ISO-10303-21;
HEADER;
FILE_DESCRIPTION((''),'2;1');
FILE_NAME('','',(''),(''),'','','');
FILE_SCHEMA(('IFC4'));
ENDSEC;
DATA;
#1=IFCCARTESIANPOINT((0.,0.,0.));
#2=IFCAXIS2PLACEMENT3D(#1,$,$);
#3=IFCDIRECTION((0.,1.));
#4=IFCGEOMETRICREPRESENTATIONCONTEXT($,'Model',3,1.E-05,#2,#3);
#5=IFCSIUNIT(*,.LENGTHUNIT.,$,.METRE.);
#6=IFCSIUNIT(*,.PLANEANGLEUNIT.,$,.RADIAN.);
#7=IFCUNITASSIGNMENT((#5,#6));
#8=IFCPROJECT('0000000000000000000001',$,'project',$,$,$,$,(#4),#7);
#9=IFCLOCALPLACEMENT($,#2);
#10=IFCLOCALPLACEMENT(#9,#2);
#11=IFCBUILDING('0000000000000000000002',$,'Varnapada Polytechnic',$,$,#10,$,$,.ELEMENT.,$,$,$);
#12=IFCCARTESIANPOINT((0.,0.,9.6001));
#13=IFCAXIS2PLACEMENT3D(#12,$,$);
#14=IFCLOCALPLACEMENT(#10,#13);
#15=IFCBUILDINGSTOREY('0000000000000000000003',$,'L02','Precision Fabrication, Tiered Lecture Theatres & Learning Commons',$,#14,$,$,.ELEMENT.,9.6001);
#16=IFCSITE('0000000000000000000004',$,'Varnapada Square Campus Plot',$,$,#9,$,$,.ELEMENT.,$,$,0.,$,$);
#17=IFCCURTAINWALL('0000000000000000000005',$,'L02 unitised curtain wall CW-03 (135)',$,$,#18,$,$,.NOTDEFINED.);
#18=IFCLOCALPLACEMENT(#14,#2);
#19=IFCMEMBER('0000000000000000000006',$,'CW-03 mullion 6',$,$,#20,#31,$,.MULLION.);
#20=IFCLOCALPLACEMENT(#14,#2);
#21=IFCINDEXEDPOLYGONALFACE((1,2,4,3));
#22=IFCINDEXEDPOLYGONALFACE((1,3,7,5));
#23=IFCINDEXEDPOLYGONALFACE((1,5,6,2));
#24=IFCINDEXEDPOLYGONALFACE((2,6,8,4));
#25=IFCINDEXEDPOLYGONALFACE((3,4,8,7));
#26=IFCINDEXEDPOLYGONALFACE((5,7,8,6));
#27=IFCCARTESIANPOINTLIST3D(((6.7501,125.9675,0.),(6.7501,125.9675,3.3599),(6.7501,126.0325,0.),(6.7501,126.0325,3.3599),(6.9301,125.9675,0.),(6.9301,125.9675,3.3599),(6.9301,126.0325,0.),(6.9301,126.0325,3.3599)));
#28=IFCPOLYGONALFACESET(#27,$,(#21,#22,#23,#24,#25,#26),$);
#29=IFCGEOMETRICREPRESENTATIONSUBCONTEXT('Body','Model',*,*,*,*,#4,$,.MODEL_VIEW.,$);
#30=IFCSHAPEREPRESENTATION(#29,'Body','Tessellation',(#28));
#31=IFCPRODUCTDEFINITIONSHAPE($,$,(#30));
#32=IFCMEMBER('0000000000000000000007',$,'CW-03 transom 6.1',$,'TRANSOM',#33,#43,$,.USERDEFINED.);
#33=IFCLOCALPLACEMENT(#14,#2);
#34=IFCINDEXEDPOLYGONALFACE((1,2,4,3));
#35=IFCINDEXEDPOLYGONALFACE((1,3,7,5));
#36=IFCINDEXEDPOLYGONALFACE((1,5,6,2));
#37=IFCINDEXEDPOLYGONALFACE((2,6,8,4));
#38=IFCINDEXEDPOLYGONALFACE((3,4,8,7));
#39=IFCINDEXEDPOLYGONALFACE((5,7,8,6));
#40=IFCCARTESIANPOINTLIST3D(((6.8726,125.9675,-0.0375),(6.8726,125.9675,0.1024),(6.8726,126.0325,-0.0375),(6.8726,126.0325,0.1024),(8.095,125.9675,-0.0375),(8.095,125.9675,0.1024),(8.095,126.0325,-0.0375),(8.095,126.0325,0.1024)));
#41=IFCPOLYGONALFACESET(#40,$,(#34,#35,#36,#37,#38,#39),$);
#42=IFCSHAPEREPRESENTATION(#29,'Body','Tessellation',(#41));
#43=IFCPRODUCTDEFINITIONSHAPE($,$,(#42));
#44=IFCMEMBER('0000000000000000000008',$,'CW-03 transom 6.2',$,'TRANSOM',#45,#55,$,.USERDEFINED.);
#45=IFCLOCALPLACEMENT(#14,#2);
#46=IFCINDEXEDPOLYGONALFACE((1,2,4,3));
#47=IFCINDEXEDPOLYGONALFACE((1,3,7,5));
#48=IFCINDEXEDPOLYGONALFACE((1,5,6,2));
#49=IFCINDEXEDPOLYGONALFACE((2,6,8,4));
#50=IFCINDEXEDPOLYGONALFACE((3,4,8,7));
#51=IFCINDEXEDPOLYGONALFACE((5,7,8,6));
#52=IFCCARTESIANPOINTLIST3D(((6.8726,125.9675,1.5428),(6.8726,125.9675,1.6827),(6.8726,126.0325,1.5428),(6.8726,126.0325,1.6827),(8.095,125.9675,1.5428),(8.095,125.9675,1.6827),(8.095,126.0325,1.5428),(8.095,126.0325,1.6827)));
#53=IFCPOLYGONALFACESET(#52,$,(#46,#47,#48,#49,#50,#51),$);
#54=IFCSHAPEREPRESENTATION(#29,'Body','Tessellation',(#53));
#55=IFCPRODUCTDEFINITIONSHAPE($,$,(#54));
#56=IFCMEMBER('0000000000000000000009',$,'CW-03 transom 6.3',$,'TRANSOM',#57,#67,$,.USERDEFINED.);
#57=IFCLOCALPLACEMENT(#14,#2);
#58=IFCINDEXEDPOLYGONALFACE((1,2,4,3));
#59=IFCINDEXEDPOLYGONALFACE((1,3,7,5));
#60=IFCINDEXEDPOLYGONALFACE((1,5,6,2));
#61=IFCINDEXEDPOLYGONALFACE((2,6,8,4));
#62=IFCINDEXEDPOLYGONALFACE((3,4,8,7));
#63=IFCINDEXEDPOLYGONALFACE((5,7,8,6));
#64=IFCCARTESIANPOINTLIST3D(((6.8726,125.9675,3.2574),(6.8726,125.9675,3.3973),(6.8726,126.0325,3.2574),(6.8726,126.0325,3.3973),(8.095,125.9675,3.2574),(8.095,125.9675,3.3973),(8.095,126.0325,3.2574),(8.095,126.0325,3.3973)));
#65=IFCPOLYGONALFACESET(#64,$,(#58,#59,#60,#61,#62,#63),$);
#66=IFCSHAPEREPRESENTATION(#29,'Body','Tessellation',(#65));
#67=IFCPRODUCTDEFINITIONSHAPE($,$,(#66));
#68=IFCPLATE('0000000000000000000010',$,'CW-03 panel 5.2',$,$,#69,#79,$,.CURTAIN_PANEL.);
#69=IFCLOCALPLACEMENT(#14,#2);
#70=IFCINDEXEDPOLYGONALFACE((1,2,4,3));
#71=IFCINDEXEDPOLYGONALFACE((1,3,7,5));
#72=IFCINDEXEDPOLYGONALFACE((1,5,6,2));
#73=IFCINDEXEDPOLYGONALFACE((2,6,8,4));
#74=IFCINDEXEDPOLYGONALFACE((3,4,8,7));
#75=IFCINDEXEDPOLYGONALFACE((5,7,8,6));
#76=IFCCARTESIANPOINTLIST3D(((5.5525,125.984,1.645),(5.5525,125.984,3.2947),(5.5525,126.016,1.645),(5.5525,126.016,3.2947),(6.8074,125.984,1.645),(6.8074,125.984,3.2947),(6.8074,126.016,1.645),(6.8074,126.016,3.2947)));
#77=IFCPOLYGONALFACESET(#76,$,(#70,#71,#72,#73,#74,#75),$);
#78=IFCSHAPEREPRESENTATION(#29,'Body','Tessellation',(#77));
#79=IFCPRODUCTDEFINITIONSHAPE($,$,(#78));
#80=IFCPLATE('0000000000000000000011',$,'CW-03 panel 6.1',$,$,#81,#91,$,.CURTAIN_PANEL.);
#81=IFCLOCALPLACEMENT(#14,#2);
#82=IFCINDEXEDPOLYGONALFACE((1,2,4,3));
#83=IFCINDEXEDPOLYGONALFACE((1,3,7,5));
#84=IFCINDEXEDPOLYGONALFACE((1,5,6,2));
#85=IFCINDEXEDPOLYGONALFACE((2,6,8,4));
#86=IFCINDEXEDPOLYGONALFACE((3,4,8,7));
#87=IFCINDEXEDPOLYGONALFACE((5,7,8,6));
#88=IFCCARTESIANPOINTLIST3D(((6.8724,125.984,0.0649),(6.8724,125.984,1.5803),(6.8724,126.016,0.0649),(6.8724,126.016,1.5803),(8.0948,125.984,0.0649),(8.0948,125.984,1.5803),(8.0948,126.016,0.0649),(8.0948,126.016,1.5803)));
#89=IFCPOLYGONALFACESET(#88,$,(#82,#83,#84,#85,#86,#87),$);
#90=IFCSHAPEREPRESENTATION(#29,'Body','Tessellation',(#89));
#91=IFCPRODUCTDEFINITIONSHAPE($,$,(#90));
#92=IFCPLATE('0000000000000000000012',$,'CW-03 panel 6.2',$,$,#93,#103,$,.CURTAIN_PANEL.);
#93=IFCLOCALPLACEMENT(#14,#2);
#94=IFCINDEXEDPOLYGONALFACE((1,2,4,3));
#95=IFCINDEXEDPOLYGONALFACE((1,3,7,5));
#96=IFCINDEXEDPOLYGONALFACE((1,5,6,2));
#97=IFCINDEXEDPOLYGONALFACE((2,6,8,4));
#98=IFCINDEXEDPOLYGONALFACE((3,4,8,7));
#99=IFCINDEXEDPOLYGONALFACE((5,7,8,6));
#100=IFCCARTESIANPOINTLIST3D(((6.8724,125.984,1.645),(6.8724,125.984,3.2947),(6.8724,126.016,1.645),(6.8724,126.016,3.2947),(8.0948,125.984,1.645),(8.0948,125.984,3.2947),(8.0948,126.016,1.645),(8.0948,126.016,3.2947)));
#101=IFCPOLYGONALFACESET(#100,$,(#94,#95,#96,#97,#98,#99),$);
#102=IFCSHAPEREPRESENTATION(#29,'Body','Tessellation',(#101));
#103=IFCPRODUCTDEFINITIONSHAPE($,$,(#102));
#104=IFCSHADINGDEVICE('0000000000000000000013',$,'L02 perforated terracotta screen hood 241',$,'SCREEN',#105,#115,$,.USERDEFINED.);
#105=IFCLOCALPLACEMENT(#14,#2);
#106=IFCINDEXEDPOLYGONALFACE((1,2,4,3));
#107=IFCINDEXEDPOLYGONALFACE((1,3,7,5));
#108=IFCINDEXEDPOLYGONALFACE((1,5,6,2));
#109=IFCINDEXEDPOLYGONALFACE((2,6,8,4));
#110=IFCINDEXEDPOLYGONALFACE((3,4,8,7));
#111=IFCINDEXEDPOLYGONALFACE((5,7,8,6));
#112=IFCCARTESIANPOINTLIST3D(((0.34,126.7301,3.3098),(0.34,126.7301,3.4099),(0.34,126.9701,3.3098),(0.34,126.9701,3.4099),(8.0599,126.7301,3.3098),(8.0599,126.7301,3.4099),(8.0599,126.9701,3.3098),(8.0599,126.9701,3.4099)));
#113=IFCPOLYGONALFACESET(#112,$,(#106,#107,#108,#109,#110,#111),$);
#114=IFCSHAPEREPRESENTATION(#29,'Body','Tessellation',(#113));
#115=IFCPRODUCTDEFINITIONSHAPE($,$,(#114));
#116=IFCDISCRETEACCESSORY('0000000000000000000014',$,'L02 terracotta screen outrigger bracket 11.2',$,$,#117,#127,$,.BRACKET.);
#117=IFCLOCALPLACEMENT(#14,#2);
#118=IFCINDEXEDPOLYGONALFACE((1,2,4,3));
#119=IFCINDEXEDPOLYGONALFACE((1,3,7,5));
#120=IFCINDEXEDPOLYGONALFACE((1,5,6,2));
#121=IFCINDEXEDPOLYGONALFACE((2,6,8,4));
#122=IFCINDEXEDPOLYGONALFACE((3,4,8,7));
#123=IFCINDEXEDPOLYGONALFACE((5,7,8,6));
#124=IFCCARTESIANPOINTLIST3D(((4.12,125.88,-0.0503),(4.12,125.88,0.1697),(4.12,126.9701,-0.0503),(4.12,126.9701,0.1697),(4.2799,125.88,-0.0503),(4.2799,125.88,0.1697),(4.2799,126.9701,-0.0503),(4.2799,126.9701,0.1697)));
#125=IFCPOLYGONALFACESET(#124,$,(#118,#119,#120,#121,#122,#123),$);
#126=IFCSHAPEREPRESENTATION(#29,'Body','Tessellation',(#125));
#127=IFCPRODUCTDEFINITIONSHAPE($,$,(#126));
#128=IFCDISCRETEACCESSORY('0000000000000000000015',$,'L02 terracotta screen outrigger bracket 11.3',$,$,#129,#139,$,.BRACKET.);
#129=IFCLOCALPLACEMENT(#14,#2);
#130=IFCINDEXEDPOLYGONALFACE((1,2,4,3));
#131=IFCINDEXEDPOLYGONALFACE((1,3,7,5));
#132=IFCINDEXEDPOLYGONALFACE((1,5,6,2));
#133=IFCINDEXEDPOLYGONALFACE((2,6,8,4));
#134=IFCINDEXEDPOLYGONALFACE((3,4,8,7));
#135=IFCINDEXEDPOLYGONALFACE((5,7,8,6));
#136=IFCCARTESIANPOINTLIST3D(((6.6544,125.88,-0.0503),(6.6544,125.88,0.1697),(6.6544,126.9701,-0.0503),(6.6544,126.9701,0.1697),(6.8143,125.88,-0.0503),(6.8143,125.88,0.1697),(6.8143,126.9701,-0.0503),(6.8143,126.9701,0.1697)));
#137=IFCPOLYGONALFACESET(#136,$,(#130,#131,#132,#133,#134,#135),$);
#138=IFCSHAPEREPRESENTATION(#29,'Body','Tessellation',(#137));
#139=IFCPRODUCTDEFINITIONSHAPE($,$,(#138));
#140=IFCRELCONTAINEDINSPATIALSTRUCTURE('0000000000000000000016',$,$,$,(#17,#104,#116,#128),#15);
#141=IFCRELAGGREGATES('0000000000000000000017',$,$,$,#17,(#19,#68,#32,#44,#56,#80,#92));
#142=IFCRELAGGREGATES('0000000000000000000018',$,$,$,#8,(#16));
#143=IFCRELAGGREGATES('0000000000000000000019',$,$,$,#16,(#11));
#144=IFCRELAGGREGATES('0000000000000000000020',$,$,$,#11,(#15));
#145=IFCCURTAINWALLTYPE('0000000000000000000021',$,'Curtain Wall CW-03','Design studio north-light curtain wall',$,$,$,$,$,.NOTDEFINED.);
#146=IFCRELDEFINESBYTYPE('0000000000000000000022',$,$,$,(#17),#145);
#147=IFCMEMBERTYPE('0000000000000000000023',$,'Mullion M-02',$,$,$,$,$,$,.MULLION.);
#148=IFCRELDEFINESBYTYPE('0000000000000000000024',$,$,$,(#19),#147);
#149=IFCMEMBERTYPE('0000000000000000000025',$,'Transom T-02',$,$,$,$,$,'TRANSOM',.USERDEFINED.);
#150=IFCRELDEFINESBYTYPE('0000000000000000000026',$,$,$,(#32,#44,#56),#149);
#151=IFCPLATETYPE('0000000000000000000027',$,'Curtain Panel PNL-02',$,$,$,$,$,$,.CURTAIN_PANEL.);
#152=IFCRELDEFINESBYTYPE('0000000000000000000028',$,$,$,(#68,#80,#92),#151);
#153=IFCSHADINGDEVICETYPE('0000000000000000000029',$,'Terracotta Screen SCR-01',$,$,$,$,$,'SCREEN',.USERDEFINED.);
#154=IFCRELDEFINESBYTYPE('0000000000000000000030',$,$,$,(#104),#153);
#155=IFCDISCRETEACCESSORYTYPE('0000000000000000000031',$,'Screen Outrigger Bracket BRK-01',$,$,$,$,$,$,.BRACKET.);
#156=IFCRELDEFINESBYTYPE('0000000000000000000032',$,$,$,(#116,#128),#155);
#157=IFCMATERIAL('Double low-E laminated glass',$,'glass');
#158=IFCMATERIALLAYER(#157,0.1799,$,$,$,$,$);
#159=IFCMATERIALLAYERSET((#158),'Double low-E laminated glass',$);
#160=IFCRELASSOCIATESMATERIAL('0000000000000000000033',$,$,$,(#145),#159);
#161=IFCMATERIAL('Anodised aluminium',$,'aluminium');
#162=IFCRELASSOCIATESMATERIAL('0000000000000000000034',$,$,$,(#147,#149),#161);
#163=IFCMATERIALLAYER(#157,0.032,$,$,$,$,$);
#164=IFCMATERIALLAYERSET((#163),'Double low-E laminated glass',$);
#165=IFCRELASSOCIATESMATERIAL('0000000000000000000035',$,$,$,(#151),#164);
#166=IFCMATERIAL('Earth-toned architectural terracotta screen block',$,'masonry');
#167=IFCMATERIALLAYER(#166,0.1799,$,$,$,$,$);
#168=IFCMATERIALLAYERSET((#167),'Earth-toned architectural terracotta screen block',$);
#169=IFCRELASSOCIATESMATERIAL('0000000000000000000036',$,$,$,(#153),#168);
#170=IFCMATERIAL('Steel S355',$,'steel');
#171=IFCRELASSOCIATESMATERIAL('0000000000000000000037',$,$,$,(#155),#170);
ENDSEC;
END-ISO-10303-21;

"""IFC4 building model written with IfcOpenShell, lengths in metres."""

from ifc_helpers import new_model, si_unit, direction, frame, origin, origin_2d, place, context, subcontext, project, spatial, rectangle, extrude, material, layer, layer_set, material_profile, profile_set, type_object, element, aggregate, save


model = new_model("IFC4")

# Units and contexts
model_context = context("Model", 3, precision=1e-05, world=origin(), true_north=direction((0.0, 1.0)))
body_context = subcontext(model_context, "Body", "Model", "MODEL_VIEW")
ifc_project = project(units=[si_unit("LENGTHUNIT", "METRE"), si_unit("PLANEANGLEUNIT", "RADIAN")], contexts=[model_context])

# Site, building, storey
site_placement = place(None, origin())
site = spatial("IfcSite", under=ifc_project, at=site_placement, Name="Varnapada Square Campus Plot", CompositionType="ELEMENT", RefElevation=0.0)
building_placement = place(site_placement, origin())
building = spatial("IfcBuilding", under=site, at=building_placement, Name="Varnapada Polytechnic", CompositionType="ELEMENT")
storey_placement = place(building_placement, frame((0.0, 0.0, 9.6001)))
storey = spatial("IfcBuildingStorey", under=building, at=storey_placement, Name="L02", Description="Precision Fabrication, Tiered Lecture Theatres & Learning Commons", CompositionType="ELEMENT", Elevation=9.6001)

# Curtain wall, members, plates
ifc_material_1 = material(Name="Double low-E laminated glass", Category="glass")
ifc_layer_1 = layer(ifc_material_1, 0.1799)
ifc_layer_set_1 = layer_set([ifc_layer_1], Name="Double low-E laminated glass")
curtain_wall_type = type_object("IfcCurtainWallType", Name="Curtain Wall CW-03", Description="Design studio north-light curtain wall", PredefinedType="NOTDEFINED", material=ifc_layer_set_1)
curtain_wall_placement = place(storey_placement, origin())
curtain_wall = element("IfcCurtainWall", 1, at=curtain_wall_placement, inside=storey, type_object=curtain_wall_type, Name="L02 unitised curtain wall CW-03 (135)", PredefinedType="NOTDEFINED")
ifc_material_2 = material(Name="Anodised aluminium", Category="aluminium")
ifc_material_profile_1 = material_profile(ifc_material_2, rectangle(XDim=0.0649, YDim=0.1799, at=origin_2d()), Name="ALU M65x180")
ifc_profile_set_1 = profile_set([ifc_material_profile_1], Name="Anodised aluminium")
member_type_1 = type_object("IfcMemberType", Name="Mullion M-02", PredefinedType="MULLION", material=ifc_profile_set_1)
member_1_placement = place(storey_placement, frame((6.8401, 126.0, 0.0), z_axis=(0.0, 0.0, 1.0), x_axis=(0.0, 1.0, 0.0)))
member_1 = element("IfcMember", 2, at=member_1_placement, type_object=member_type_1, Name="CW-03 mullion 6", PredefinedType="MULLION", context=body_context, shape_type="SweptSolid", body=[
    extrude(rectangle(XDim=0.0649, YDim=0.1799, at=origin_2d()), origin(), (0.0, 0.0, 1.0), 3.3599),
])
ifc_material_profile_2 = material_profile(ifc_material_2, rectangle(XDim=0.0649, YDim=0.1399, at=origin_2d()), Name="ALU T65x140")
ifc_profile_set_2 = profile_set([ifc_material_profile_2], Name="Anodised aluminium")
member_type_2 = type_object("IfcMemberType", Name="Transom T-02", ElementType="TRANSOM", PredefinedType="USERDEFINED", material=ifc_profile_set_2)
member_2_placement = place(storey_placement, frame((6.8726, 126.0, 0.0325), z_axis=(1.0, 0.0, 0.0), x_axis=(0.0, 1.0, 0.0)))
member_2 = element("IfcMember", 3, at=member_2_placement, type_object=member_type_2, Name="CW-03 transom 6.1", ObjectType="TRANSOM", PredefinedType="USERDEFINED", context=body_context, shape_type="SweptSolid", body=[
    extrude(rectangle(XDim=0.0649, YDim=0.1399, at=origin_2d()), origin(), (0.0, 0.0, 1.0), 1.2224),
])
member_3_placement = place(storey_placement, frame((6.8726, 126.0, 1.6128), z_axis=(1.0, 0.0, 0.0), x_axis=(0.0, 1.0, 0.0)))
member_3 = element("IfcMember", 4, at=member_3_placement, type_object=member_type_2, Name="CW-03 transom 6.2", ObjectType="TRANSOM", PredefinedType="USERDEFINED", context=body_context, shape_type="SweptSolid", body=[
    extrude(rectangle(XDim=0.0649, YDim=0.1399, at=origin_2d()), origin(), (0.0, 0.0, 1.0), 1.2224),
])
member_4_placement = place(storey_placement, frame((6.8726, 126.0, 3.3274), z_axis=(1.0, 0.0, 0.0), x_axis=(0.0, 1.0, 0.0)))
member_4 = element("IfcMember", 5, at=member_4_placement, type_object=member_type_2, Name="CW-03 transom 6.3", ObjectType="TRANSOM", PredefinedType="USERDEFINED", context=body_context, shape_type="SweptSolid", body=[
    extrude(rectangle(XDim=0.0649, YDim=0.1399, at=origin_2d()), origin(), (0.0, 0.0, 1.0), 1.2224),
])
ifc_layer_2 = layer(ifc_material_1, 0.032)
ifc_layer_set_2 = layer_set([ifc_layer_2], Name="Double low-E laminated glass")
plate_type = type_object("IfcPlateType", Name="Curtain Panel PNL-02", PredefinedType="CURTAIN_PANEL", material=ifc_layer_set_2)
plate_1_placement = place(storey_placement, frame((6.1799, 126.0, 1.645), z_axis=(0.0, 0.0, 1.0), x_axis=(1.0, 0.0, 0.0)))
plate_1 = element("IfcPlate", 6, at=plate_1_placement, type_object=plate_type, Name="CW-03 panel 5.2", PredefinedType="CURTAIN_PANEL", context=body_context, shape_type="SweptSolid", body=[
    extrude(rectangle(XDim=1.2549, YDim=0.032, at=origin_2d()), origin(), (0.0, 0.0, 1.0), 1.6497),
])
plate_2_placement = place(storey_placement, frame((7.4836, 126.0, 0.0649), z_axis=(0.0, 0.0, 1.0), x_axis=(1.0, 0.0, 0.0)))
plate_2 = element("IfcPlate", 7, at=plate_2_placement, type_object=plate_type, Name="CW-03 panel 6.1", PredefinedType="CURTAIN_PANEL", context=body_context, shape_type="SweptSolid", body=[
    extrude(rectangle(XDim=1.2224, YDim=0.032, at=origin_2d()), origin(), (0.0, 0.0, 1.0), 1.5154),
])
plate_3_placement = place(storey_placement, frame((7.4836, 126.0, 1.645), z_axis=(0.0, 0.0, 1.0), x_axis=(1.0, 0.0, 0.0)))
plate_3 = element("IfcPlate", 8, at=plate_3_placement, type_object=plate_type, Name="CW-03 panel 6.2", PredefinedType="CURTAIN_PANEL", context=body_context, shape_type="SweptSolid", body=[
    extrude(rectangle(XDim=1.2224, YDim=0.032, at=origin_2d()), origin(), (0.0, 0.0, 1.0), 1.6497),
])
aggregate(curtain_wall, [member_1, plate_1, member_2, member_3, member_4, plate_2, plate_3])

# Shading device
ifc_material_3 = material(Name="Earth-toned architectural terracotta screen block", Category="masonry")
ifc_layer_3 = layer(ifc_material_3, 0.1799)
ifc_layer_set_3 = layer_set([ifc_layer_3], Name="Earth-toned architectural terracotta screen block")
shading_device_type = type_object("IfcShadingDeviceType", Name="Terracotta Screen SCR-01", ElementType="SCREEN", PredefinedType="USERDEFINED", material=ifc_layer_set_3)
shading_device_placement = place(storey_placement, frame((4.2, 126.8501, 3.3098), z_axis=(0.0, 0.0, 1.0), x_axis=(1.0, 0.0, 0.0)))
element("IfcShadingDevice", 9, at=shading_device_placement, inside=storey, type_object=shading_device_type, Name="L02 perforated terracotta screen hood 241", ObjectType="SCREEN", PredefinedType="USERDEFINED", context=body_context, shape_type="SweptSolid", body=[
    extrude(rectangle(XDim=7.72, YDim=0.24, at=origin_2d()), origin(), (0.0, 0.0, 1.0), 0.1001),
])

# Discrete accessories
ifc_material_4 = material(Name="Steel S355", Category="steel")
discrete_accessory_type = type_object("IfcDiscreteAccessoryType", Name="Screen Outrigger Bracket BRK-01", PredefinedType="BRACKET", material=ifc_material_4)
for number, where, z_axis, x_axis, name in (
    (10, (4.2, 126.425, -0.0503), (0.0, 0.0, 1.0), (1.0, 0.0, 0.0), "L02 terracotta screen outrigger bracket 11.2"),
    (11, (6.7344, 126.425, -0.0503), (0.0, 0.0, 1.0), (1.0, 0.0, 0.0), "L02 terracotta screen outrigger bracket 11.3"),
):
    element("IfcDiscreteAccessory", number, at=place(storey_placement, frame(where, z_axis=z_axis, x_axis=x_axis)), inside=storey, type_object=discrete_accessory_type, Name=name, PredefinedType="BRACKET", context=body_context, shape_type="SweptSolid", body=[
        extrude(rectangle(XDim=0.1599, YDim=1.0901, at=origin_2d()), origin(), (0.0, 0.0, 1.0), 0.22),
    ])

save(model, "model.ifc")
